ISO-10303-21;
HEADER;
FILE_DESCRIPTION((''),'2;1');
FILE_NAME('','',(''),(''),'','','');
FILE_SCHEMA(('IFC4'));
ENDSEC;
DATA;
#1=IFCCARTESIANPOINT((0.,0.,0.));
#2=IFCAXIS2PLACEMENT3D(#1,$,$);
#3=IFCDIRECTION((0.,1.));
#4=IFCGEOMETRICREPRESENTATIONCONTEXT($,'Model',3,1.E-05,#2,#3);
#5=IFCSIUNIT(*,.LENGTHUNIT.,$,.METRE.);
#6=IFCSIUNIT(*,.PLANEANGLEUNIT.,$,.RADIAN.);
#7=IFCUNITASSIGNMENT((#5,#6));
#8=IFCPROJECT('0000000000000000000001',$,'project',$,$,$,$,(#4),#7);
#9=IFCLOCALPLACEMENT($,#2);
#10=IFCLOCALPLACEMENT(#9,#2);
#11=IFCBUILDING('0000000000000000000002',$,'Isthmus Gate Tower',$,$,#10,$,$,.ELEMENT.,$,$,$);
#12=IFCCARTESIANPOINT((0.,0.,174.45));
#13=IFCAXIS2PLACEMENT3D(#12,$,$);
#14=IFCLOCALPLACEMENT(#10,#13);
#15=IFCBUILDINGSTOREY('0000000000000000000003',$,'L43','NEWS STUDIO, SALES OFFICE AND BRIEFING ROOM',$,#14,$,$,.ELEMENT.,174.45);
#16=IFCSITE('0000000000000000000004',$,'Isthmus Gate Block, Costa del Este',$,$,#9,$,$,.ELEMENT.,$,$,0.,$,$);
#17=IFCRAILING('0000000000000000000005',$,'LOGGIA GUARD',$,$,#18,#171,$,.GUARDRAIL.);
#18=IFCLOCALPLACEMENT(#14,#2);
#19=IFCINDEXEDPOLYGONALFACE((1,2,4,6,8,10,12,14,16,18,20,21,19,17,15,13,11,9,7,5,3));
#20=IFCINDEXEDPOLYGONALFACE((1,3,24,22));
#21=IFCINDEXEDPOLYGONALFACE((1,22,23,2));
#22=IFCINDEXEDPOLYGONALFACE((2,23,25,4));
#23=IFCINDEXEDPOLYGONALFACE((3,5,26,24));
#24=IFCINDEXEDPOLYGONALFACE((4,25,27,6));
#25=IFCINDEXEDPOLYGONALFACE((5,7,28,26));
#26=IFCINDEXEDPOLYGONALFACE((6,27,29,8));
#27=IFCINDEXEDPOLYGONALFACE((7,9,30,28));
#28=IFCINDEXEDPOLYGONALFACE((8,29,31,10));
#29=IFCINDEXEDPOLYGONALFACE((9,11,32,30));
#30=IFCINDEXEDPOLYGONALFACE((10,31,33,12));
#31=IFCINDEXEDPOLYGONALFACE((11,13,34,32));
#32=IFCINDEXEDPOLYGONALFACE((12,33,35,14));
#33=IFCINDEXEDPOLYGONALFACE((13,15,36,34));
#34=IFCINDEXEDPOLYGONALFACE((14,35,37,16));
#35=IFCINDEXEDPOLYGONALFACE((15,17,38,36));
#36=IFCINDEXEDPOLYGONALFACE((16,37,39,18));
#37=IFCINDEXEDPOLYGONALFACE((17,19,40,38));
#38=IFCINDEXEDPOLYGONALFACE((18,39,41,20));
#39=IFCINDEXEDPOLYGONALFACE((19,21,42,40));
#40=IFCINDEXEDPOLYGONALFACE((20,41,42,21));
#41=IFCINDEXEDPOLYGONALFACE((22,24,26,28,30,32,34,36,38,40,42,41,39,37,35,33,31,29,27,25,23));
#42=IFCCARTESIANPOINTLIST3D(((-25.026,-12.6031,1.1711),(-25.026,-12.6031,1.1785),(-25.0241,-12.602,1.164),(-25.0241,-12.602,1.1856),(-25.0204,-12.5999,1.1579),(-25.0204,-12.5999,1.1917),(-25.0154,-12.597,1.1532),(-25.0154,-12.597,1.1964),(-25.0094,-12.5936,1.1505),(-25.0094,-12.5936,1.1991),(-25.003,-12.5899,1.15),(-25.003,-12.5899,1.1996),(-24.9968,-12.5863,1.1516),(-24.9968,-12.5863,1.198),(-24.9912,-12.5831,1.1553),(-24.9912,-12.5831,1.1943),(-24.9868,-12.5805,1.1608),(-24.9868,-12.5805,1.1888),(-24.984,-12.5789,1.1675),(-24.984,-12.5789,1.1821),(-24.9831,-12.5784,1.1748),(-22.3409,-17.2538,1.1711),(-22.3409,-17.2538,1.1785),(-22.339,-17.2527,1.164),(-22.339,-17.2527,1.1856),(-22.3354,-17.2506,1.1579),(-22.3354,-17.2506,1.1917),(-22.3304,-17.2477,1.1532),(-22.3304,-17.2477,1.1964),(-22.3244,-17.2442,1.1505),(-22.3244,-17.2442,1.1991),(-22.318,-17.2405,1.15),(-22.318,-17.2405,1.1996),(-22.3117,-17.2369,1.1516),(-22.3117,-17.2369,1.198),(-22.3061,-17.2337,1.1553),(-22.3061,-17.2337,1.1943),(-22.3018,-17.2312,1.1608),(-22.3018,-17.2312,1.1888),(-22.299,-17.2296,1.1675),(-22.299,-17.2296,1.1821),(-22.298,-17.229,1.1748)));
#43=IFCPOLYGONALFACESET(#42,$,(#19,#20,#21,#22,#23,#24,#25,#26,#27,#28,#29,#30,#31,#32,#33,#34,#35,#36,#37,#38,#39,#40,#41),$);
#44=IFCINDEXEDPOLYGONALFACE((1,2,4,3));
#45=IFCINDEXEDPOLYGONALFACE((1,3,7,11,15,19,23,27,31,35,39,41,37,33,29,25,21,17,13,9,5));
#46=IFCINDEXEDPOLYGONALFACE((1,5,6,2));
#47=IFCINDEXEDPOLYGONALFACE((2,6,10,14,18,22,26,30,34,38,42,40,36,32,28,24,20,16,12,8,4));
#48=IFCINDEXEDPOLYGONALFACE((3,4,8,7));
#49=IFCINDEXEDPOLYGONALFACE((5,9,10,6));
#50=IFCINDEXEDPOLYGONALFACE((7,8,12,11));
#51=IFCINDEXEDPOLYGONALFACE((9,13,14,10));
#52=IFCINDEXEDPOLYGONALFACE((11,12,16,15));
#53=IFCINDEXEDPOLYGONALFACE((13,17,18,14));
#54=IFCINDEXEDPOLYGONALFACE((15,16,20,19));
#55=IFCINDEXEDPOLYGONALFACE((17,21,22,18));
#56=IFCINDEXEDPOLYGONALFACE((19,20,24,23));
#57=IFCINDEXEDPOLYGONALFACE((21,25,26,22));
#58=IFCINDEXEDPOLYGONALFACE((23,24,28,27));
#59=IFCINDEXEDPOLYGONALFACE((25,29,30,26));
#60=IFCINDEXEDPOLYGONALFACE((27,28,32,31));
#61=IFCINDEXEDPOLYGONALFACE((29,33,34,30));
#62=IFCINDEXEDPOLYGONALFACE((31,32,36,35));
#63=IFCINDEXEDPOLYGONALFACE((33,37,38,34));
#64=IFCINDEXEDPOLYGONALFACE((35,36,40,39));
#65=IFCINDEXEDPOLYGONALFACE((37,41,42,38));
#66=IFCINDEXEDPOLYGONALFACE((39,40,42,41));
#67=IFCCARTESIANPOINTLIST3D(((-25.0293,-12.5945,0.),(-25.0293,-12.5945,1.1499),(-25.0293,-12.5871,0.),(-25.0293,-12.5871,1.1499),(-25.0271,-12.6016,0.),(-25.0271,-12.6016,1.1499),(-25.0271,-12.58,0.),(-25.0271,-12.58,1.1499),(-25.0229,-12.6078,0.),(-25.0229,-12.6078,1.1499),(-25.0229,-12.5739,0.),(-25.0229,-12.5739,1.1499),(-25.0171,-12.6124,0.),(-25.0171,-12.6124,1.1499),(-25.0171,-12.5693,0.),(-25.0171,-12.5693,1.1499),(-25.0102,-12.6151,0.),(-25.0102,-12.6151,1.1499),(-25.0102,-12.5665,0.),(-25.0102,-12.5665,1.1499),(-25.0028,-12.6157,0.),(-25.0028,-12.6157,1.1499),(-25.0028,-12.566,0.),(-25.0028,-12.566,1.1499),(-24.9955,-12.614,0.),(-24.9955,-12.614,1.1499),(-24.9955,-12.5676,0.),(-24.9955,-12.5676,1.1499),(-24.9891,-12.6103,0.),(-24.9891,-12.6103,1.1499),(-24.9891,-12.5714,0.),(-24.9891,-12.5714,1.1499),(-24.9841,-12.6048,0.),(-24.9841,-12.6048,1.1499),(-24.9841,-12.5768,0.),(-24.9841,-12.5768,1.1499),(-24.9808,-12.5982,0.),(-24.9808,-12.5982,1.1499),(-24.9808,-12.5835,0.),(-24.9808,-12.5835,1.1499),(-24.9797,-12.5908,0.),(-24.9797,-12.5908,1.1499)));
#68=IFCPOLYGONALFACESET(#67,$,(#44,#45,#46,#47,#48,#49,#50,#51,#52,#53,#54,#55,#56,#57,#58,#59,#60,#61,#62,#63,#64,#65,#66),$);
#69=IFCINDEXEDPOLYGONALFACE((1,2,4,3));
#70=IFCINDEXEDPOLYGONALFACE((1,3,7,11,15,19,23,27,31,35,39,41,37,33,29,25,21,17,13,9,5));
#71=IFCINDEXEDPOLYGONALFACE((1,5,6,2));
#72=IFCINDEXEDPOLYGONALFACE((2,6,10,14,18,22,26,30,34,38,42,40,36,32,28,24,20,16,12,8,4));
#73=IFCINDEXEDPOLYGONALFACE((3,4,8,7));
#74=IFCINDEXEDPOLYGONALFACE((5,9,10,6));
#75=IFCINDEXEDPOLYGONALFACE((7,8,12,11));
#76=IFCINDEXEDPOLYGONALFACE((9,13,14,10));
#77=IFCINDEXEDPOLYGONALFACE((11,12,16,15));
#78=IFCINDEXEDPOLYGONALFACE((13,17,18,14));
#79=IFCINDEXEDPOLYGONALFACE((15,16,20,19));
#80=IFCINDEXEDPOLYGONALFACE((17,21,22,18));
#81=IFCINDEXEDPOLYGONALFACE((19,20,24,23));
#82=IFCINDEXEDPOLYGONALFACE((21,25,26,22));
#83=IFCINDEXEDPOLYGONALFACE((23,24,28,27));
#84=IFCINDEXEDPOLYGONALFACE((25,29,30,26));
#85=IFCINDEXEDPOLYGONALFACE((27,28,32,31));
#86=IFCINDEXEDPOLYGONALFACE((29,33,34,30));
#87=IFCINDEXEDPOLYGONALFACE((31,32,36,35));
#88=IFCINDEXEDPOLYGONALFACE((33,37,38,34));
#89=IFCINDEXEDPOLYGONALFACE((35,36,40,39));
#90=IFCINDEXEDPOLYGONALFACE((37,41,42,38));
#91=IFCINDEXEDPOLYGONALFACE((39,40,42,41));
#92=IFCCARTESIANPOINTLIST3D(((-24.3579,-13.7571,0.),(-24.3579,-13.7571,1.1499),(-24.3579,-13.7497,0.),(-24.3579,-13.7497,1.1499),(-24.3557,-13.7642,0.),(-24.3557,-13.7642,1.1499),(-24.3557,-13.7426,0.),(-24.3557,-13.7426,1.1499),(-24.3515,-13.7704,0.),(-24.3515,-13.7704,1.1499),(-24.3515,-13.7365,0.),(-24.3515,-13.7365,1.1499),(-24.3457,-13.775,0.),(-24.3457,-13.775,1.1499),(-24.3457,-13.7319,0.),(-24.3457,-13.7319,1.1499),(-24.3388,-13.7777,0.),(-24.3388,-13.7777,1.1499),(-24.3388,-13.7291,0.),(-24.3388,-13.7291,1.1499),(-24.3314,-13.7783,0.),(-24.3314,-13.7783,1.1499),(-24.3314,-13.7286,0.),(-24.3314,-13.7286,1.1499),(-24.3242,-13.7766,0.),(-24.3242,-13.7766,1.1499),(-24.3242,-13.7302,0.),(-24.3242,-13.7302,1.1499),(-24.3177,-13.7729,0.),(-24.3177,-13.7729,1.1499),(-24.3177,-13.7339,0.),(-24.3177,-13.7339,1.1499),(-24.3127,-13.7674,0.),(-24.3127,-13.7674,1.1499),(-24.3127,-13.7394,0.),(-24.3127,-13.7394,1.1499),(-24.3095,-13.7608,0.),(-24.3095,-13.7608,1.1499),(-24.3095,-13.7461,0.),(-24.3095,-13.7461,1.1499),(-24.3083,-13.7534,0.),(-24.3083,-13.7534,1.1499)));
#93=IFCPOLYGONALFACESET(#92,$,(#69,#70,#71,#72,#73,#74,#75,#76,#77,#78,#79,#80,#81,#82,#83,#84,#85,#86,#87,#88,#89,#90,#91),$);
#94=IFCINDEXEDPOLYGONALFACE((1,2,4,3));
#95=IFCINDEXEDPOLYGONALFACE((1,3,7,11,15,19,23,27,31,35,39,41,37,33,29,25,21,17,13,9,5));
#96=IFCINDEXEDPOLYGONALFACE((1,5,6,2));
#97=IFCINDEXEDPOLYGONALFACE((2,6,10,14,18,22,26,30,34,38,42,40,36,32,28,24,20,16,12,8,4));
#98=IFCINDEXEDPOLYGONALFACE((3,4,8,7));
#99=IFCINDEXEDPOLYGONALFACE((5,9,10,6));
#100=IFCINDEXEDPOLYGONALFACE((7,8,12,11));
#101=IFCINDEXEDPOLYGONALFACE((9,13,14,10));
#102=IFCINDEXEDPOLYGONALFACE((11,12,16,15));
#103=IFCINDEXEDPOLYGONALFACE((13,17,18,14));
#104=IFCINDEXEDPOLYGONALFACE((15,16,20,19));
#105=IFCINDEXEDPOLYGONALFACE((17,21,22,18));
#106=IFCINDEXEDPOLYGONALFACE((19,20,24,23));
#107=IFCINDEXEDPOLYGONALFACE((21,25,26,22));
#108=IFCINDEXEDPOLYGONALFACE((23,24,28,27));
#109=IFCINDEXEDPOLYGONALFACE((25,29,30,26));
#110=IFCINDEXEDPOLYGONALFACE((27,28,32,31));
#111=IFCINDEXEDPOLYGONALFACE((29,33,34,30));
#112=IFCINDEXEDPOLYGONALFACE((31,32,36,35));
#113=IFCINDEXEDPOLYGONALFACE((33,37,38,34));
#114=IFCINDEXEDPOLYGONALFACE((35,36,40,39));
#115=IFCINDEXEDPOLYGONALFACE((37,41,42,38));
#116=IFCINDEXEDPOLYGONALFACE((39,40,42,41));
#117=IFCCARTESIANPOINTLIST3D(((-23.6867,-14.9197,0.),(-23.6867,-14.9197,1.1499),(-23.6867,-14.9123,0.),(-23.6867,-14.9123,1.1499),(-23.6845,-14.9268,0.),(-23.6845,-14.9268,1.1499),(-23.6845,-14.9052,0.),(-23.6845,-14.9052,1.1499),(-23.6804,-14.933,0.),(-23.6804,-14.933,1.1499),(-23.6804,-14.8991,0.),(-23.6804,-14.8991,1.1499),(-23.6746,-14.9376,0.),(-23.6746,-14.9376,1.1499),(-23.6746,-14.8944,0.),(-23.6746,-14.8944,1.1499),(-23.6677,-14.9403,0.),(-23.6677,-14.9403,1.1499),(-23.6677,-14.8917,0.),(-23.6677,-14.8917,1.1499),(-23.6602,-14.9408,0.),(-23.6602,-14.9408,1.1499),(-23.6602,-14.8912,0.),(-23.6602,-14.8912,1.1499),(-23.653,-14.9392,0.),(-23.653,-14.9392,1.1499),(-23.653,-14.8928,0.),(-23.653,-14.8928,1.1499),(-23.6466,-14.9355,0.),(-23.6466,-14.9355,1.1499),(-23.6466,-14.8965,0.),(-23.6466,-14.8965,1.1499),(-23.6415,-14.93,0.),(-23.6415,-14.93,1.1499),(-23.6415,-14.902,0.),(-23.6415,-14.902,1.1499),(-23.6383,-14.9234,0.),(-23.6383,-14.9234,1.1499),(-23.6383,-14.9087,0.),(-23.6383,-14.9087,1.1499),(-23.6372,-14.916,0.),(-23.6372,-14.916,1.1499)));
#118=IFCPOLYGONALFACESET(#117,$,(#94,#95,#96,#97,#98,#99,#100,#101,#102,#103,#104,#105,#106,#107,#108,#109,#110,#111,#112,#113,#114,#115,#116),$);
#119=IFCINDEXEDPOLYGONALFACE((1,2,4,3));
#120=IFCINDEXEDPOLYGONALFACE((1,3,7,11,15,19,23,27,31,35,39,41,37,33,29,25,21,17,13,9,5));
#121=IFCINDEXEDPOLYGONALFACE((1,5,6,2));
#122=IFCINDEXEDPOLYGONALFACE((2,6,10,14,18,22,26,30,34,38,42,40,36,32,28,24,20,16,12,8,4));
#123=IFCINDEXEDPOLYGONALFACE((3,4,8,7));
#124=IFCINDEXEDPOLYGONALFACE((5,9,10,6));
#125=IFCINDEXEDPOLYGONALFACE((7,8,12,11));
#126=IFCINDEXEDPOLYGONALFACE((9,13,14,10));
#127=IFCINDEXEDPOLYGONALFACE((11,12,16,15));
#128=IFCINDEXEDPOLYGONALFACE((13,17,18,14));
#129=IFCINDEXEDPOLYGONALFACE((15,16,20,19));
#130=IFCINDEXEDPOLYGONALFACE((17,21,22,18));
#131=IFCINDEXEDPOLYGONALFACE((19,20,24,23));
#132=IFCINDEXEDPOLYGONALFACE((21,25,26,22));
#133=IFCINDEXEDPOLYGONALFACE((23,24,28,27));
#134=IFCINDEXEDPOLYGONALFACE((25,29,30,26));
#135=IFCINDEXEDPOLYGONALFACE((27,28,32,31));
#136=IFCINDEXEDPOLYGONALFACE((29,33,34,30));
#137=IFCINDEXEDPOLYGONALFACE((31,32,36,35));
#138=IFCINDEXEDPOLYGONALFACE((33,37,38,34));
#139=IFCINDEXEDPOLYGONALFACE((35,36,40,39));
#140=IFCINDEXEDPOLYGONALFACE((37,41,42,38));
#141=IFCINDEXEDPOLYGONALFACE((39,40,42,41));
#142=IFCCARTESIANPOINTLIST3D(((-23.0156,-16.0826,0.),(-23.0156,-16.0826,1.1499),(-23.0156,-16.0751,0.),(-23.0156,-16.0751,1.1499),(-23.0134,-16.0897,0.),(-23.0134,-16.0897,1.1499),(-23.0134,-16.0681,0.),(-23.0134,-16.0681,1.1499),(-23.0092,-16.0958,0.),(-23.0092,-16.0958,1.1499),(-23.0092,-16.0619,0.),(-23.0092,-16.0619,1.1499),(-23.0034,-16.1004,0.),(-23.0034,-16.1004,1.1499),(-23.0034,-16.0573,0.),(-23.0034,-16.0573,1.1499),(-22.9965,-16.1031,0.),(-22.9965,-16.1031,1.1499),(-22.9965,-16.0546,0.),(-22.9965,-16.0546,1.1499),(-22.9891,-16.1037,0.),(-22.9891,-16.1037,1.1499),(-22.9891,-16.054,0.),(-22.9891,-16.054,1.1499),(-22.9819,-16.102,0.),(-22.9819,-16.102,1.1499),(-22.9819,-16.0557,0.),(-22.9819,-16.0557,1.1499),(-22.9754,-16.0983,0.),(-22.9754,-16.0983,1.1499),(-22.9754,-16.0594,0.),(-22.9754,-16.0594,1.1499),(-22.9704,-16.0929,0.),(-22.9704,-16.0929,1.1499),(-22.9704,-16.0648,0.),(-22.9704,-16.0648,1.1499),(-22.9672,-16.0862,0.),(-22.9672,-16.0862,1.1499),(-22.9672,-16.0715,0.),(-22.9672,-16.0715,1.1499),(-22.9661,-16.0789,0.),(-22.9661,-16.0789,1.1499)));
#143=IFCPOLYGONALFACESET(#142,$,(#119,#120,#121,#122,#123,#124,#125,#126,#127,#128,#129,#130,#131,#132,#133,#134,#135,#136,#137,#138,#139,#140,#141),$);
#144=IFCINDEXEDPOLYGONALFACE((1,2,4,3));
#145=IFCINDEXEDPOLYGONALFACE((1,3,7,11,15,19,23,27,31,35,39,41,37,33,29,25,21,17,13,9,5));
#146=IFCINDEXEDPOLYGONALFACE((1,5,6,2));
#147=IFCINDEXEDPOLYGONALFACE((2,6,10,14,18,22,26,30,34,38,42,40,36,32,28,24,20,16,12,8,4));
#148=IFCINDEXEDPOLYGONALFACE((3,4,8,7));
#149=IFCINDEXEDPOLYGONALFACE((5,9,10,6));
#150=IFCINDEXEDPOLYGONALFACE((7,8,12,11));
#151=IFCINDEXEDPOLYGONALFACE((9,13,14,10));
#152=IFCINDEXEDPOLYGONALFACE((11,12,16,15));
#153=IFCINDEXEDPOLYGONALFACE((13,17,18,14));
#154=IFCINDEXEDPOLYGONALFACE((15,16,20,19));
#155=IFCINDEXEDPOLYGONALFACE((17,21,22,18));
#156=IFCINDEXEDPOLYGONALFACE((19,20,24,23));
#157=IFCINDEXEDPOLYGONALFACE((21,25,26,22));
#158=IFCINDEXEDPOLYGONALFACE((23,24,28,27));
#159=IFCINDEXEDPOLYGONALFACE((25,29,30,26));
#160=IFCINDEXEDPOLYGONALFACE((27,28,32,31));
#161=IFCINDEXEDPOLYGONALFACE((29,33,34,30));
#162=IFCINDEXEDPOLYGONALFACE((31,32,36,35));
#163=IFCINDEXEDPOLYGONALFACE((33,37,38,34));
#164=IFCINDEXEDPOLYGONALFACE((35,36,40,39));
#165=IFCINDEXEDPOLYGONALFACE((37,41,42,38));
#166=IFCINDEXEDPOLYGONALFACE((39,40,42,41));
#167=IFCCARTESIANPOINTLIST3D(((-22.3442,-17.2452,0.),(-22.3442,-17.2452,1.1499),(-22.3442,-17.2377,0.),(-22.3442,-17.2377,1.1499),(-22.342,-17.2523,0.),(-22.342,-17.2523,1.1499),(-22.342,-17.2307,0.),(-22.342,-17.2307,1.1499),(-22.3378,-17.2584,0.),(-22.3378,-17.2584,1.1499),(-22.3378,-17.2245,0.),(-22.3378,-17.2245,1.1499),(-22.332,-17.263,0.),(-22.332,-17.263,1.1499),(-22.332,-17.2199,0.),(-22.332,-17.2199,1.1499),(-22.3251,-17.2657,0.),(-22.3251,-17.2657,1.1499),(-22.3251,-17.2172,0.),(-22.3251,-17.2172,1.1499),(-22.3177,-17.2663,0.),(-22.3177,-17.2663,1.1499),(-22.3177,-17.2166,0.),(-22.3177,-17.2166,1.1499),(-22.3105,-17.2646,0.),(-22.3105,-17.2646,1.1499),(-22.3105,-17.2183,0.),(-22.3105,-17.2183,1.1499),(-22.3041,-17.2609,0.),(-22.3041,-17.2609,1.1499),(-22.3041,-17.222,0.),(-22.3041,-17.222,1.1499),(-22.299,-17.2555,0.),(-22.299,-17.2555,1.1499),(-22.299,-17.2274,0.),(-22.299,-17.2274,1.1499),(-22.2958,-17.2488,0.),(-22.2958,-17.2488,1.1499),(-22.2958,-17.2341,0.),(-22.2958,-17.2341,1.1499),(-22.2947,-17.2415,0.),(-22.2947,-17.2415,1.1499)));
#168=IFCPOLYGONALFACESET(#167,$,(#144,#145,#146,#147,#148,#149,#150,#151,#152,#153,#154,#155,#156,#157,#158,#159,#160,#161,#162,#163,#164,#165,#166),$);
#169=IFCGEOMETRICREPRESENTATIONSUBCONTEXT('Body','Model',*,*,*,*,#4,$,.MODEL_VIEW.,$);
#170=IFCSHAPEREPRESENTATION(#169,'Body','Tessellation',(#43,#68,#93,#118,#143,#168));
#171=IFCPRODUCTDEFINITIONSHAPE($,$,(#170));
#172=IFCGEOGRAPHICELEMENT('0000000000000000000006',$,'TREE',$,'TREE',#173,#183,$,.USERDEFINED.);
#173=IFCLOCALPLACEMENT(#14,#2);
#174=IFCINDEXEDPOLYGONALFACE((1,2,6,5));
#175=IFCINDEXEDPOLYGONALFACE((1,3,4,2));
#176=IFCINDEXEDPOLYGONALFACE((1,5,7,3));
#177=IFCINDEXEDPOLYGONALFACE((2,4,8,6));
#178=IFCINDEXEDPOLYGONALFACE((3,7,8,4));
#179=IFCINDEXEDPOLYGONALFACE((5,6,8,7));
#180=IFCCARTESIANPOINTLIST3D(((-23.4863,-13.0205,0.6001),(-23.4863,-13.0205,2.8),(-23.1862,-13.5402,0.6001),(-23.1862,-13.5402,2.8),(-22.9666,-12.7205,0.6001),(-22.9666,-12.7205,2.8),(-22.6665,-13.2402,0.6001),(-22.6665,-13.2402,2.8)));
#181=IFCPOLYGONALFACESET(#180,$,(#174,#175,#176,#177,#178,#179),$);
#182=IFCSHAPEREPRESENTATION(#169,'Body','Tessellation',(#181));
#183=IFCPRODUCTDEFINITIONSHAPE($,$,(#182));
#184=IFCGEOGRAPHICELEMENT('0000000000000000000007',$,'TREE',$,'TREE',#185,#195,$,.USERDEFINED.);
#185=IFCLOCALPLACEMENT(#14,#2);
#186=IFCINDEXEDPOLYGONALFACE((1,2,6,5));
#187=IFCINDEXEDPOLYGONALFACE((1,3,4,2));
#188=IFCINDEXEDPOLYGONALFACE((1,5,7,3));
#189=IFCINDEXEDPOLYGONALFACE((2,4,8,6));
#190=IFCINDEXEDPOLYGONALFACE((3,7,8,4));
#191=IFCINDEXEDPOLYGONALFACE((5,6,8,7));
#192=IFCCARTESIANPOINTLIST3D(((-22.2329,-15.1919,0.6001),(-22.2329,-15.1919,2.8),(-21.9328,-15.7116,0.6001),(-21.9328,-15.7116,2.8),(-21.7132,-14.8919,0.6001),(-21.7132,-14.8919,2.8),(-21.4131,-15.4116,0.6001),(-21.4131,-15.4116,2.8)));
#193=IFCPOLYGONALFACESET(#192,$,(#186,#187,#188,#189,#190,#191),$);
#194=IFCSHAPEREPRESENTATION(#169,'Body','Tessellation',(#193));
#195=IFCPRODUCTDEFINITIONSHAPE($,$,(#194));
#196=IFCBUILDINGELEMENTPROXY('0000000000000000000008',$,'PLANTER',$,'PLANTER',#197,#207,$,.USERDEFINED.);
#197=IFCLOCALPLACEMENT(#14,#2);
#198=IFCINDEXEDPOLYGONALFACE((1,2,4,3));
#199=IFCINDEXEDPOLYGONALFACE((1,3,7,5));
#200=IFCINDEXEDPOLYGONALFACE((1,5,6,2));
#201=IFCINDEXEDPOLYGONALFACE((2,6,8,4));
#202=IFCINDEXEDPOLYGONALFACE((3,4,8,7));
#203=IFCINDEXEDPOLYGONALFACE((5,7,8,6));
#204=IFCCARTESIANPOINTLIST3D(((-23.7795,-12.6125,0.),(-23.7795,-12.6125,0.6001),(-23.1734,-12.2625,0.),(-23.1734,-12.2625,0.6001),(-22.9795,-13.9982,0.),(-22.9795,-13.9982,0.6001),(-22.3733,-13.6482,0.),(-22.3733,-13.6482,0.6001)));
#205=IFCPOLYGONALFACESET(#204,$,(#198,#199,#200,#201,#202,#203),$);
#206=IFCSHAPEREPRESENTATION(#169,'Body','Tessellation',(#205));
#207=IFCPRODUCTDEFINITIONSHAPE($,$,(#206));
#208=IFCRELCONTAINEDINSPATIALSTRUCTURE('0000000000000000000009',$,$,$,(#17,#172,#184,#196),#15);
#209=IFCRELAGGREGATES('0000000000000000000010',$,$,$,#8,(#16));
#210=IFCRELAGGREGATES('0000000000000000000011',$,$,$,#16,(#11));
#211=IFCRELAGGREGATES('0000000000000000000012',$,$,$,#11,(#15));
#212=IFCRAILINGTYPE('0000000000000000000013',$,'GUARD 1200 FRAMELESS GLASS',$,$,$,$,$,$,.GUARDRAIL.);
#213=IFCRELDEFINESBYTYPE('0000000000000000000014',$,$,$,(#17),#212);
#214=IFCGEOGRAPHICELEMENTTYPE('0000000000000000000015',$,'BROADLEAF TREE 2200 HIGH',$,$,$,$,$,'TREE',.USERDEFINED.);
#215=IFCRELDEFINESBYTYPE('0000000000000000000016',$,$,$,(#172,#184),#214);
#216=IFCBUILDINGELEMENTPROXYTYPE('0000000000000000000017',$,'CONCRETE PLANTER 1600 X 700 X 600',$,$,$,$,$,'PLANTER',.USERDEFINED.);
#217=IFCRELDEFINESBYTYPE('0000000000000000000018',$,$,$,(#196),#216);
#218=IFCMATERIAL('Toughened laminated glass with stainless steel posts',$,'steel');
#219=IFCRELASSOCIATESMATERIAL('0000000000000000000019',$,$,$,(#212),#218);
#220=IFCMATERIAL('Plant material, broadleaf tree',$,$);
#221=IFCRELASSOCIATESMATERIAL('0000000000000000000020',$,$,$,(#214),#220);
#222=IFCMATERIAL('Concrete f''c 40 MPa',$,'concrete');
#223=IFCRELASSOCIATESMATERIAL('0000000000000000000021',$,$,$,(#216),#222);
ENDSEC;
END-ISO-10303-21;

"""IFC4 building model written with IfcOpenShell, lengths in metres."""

from ifc_helpers import new_model, si_unit, direction, frame, origin, origin_2d, place, context, subcontext, project, spatial, rectangle, circle, extrude, material, type_object, element, save


model = new_model("IFC4")

# Units and contexts
model_context = context("Model", 3, precision=1e-05, world=origin(), true_north=direction((0.0, 1.0)))
body_context = subcontext(model_context, "Body", "Model", "MODEL_VIEW")
ifc_project = project(units=[si_unit("LENGTHUNIT", "METRE"), si_unit("PLANEANGLEUNIT", "RADIAN")], contexts=[model_context])

# Site, building, storey
site_placement = place(None, origin())
site = spatial("IfcSite", under=ifc_project, at=site_placement, Name="Isthmus Gate Block, Costa del Este", CompositionType="ELEMENT", RefElevation=0.0)
building_placement = place(site_placement, origin())
building = spatial("IfcBuilding", under=site, at=building_placement, Name="Isthmus Gate Tower", CompositionType="ELEMENT")
storey_placement = place(building_placement, frame((0.0, 0.0, 174.45)))
storey = spatial("IfcBuildingStorey", under=building, at=storey_placement, Name="L43", Description="NEWS STUDIO, SALES OFFICE AND BRIEFING ROOM", CompositionType="ELEMENT", Elevation=174.45)

# Railing
ifc_material_1 = material(Name="Toughened laminated glass with stainless steel posts", Category="steel")
railing_type = type_object("IfcRailingType", Name="GUARD 1200 FRAMELESS GLASS", PredefinedType="GUARDRAIL", material=ifc_material_1)
railing_placement = place(storey_placement, frame((-25.0046, -12.5908, 0.0)))
element("IfcRailing", 1, at=railing_placement, inside=storey, type_object=railing_type, Name="LOGGIA GUARD", PredefinedType="GUARDRAIL", context=body_context, shape_type="SweptSolid", body=[
    extrude(circle(Radius=0.0249, at=origin_2d()), frame((0.0, 0.0, 1.1748), z_axis=(0.500002, -0.866024, 0.0), x_axis=(0.866024, 0.500002, 0.0)), (0.0, 0.0, 1.0), 5.3701),
    extrude(circle(Radius=0.0249, at=origin_2d()), origin(), (0.0, 0.0, 1.0), 1.1499),
    extrude(circle(Radius=0.0249, at=origin_2d()), frame((0.6714, -1.1626, 0.0)), (0.0, 0.0, 1.0), 1.1499),
    extrude(circle(Radius=0.0249, at=origin_2d()), frame((1.3425, -2.3252, 0.0)), (0.0, 0.0, 1.0), 1.1499),
    extrude(circle(Radius=0.0249, at=origin_2d()), frame((2.0137, -3.488, 0.0)), (0.0, 0.0, 1.0), 1.1499),
    extrude(circle(Radius=0.0249, at=origin_2d()), frame((2.6851, -4.6506, 0.0)), (0.0, 0.0, 1.0), 1.1499),
])

# Geographic elements
ifc_material_2 = material(Name="Plant material, broadleaf tree")
geographic_element_type = type_object("IfcGeographicElementType", Name="BROADLEAF TREE 2200 HIGH", ElementType="TREE", PredefinedType="USERDEFINED", material=ifc_material_2)
for number, where, z_axis, x_axis, name in (
    (2, (-23.0764, -13.1304, 0.6001), (0.0, 0.0, 1.0), (0.5, -0.866025, 0.0), "TREE"),
    (3, (-21.823, -15.3018, 0.6001), (0.0, 0.0, 1.0), (0.5, -0.866025, 0.0), "TREE"),
):
    element("IfcGeographicElement", number, at=place(storey_placement, frame(where, z_axis=z_axis, x_axis=x_axis)), inside=storey, type_object=geographic_element_type, Name=name, ObjectType="TREE", PredefinedType="USERDEFINED", context=body_context, shape_type="SweptSolid", body=[
        extrude(rectangle(XDim=0.6001, YDim=0.6001, at=origin_2d()), origin(), (0.0, 0.0, 1.0), 2.2),
    ])

# Building element proxy
ifc_material_3 = material(Name="Concrete f'c 40 MPa", Category="concrete")
building_element_proxy_type = type_object("IfcBuildingElementProxyType", Name="CONCRETE PLANTER 1600 X 700 X 600", ElementType="PLANTER", PredefinedType="USERDEFINED", material=ifc_material_3)
for number, where, z_axis, x_axis, name in (
    (4, (-23.0764, -13.1304, 0.0), (0.0, 0.0, 1.0), (0.5, -0.866025, 0.0), "PLANTER"),
):
    element("IfcBuildingElementProxy", number, at=place(storey_placement, frame(where, z_axis=z_axis, x_axis=x_axis)), inside=storey, type_object=building_element_proxy_type, Name=name, ObjectType="PLANTER", PredefinedType="USERDEFINED", context=body_context, shape_type="SweptSolid", body=[
        extrude(rectangle(XDim=1.6001, YDim=0.7, at=origin_2d()), origin(), (0.0, 0.0, 1.0), 0.6001),
    ])

save(model, "model.ifc")
